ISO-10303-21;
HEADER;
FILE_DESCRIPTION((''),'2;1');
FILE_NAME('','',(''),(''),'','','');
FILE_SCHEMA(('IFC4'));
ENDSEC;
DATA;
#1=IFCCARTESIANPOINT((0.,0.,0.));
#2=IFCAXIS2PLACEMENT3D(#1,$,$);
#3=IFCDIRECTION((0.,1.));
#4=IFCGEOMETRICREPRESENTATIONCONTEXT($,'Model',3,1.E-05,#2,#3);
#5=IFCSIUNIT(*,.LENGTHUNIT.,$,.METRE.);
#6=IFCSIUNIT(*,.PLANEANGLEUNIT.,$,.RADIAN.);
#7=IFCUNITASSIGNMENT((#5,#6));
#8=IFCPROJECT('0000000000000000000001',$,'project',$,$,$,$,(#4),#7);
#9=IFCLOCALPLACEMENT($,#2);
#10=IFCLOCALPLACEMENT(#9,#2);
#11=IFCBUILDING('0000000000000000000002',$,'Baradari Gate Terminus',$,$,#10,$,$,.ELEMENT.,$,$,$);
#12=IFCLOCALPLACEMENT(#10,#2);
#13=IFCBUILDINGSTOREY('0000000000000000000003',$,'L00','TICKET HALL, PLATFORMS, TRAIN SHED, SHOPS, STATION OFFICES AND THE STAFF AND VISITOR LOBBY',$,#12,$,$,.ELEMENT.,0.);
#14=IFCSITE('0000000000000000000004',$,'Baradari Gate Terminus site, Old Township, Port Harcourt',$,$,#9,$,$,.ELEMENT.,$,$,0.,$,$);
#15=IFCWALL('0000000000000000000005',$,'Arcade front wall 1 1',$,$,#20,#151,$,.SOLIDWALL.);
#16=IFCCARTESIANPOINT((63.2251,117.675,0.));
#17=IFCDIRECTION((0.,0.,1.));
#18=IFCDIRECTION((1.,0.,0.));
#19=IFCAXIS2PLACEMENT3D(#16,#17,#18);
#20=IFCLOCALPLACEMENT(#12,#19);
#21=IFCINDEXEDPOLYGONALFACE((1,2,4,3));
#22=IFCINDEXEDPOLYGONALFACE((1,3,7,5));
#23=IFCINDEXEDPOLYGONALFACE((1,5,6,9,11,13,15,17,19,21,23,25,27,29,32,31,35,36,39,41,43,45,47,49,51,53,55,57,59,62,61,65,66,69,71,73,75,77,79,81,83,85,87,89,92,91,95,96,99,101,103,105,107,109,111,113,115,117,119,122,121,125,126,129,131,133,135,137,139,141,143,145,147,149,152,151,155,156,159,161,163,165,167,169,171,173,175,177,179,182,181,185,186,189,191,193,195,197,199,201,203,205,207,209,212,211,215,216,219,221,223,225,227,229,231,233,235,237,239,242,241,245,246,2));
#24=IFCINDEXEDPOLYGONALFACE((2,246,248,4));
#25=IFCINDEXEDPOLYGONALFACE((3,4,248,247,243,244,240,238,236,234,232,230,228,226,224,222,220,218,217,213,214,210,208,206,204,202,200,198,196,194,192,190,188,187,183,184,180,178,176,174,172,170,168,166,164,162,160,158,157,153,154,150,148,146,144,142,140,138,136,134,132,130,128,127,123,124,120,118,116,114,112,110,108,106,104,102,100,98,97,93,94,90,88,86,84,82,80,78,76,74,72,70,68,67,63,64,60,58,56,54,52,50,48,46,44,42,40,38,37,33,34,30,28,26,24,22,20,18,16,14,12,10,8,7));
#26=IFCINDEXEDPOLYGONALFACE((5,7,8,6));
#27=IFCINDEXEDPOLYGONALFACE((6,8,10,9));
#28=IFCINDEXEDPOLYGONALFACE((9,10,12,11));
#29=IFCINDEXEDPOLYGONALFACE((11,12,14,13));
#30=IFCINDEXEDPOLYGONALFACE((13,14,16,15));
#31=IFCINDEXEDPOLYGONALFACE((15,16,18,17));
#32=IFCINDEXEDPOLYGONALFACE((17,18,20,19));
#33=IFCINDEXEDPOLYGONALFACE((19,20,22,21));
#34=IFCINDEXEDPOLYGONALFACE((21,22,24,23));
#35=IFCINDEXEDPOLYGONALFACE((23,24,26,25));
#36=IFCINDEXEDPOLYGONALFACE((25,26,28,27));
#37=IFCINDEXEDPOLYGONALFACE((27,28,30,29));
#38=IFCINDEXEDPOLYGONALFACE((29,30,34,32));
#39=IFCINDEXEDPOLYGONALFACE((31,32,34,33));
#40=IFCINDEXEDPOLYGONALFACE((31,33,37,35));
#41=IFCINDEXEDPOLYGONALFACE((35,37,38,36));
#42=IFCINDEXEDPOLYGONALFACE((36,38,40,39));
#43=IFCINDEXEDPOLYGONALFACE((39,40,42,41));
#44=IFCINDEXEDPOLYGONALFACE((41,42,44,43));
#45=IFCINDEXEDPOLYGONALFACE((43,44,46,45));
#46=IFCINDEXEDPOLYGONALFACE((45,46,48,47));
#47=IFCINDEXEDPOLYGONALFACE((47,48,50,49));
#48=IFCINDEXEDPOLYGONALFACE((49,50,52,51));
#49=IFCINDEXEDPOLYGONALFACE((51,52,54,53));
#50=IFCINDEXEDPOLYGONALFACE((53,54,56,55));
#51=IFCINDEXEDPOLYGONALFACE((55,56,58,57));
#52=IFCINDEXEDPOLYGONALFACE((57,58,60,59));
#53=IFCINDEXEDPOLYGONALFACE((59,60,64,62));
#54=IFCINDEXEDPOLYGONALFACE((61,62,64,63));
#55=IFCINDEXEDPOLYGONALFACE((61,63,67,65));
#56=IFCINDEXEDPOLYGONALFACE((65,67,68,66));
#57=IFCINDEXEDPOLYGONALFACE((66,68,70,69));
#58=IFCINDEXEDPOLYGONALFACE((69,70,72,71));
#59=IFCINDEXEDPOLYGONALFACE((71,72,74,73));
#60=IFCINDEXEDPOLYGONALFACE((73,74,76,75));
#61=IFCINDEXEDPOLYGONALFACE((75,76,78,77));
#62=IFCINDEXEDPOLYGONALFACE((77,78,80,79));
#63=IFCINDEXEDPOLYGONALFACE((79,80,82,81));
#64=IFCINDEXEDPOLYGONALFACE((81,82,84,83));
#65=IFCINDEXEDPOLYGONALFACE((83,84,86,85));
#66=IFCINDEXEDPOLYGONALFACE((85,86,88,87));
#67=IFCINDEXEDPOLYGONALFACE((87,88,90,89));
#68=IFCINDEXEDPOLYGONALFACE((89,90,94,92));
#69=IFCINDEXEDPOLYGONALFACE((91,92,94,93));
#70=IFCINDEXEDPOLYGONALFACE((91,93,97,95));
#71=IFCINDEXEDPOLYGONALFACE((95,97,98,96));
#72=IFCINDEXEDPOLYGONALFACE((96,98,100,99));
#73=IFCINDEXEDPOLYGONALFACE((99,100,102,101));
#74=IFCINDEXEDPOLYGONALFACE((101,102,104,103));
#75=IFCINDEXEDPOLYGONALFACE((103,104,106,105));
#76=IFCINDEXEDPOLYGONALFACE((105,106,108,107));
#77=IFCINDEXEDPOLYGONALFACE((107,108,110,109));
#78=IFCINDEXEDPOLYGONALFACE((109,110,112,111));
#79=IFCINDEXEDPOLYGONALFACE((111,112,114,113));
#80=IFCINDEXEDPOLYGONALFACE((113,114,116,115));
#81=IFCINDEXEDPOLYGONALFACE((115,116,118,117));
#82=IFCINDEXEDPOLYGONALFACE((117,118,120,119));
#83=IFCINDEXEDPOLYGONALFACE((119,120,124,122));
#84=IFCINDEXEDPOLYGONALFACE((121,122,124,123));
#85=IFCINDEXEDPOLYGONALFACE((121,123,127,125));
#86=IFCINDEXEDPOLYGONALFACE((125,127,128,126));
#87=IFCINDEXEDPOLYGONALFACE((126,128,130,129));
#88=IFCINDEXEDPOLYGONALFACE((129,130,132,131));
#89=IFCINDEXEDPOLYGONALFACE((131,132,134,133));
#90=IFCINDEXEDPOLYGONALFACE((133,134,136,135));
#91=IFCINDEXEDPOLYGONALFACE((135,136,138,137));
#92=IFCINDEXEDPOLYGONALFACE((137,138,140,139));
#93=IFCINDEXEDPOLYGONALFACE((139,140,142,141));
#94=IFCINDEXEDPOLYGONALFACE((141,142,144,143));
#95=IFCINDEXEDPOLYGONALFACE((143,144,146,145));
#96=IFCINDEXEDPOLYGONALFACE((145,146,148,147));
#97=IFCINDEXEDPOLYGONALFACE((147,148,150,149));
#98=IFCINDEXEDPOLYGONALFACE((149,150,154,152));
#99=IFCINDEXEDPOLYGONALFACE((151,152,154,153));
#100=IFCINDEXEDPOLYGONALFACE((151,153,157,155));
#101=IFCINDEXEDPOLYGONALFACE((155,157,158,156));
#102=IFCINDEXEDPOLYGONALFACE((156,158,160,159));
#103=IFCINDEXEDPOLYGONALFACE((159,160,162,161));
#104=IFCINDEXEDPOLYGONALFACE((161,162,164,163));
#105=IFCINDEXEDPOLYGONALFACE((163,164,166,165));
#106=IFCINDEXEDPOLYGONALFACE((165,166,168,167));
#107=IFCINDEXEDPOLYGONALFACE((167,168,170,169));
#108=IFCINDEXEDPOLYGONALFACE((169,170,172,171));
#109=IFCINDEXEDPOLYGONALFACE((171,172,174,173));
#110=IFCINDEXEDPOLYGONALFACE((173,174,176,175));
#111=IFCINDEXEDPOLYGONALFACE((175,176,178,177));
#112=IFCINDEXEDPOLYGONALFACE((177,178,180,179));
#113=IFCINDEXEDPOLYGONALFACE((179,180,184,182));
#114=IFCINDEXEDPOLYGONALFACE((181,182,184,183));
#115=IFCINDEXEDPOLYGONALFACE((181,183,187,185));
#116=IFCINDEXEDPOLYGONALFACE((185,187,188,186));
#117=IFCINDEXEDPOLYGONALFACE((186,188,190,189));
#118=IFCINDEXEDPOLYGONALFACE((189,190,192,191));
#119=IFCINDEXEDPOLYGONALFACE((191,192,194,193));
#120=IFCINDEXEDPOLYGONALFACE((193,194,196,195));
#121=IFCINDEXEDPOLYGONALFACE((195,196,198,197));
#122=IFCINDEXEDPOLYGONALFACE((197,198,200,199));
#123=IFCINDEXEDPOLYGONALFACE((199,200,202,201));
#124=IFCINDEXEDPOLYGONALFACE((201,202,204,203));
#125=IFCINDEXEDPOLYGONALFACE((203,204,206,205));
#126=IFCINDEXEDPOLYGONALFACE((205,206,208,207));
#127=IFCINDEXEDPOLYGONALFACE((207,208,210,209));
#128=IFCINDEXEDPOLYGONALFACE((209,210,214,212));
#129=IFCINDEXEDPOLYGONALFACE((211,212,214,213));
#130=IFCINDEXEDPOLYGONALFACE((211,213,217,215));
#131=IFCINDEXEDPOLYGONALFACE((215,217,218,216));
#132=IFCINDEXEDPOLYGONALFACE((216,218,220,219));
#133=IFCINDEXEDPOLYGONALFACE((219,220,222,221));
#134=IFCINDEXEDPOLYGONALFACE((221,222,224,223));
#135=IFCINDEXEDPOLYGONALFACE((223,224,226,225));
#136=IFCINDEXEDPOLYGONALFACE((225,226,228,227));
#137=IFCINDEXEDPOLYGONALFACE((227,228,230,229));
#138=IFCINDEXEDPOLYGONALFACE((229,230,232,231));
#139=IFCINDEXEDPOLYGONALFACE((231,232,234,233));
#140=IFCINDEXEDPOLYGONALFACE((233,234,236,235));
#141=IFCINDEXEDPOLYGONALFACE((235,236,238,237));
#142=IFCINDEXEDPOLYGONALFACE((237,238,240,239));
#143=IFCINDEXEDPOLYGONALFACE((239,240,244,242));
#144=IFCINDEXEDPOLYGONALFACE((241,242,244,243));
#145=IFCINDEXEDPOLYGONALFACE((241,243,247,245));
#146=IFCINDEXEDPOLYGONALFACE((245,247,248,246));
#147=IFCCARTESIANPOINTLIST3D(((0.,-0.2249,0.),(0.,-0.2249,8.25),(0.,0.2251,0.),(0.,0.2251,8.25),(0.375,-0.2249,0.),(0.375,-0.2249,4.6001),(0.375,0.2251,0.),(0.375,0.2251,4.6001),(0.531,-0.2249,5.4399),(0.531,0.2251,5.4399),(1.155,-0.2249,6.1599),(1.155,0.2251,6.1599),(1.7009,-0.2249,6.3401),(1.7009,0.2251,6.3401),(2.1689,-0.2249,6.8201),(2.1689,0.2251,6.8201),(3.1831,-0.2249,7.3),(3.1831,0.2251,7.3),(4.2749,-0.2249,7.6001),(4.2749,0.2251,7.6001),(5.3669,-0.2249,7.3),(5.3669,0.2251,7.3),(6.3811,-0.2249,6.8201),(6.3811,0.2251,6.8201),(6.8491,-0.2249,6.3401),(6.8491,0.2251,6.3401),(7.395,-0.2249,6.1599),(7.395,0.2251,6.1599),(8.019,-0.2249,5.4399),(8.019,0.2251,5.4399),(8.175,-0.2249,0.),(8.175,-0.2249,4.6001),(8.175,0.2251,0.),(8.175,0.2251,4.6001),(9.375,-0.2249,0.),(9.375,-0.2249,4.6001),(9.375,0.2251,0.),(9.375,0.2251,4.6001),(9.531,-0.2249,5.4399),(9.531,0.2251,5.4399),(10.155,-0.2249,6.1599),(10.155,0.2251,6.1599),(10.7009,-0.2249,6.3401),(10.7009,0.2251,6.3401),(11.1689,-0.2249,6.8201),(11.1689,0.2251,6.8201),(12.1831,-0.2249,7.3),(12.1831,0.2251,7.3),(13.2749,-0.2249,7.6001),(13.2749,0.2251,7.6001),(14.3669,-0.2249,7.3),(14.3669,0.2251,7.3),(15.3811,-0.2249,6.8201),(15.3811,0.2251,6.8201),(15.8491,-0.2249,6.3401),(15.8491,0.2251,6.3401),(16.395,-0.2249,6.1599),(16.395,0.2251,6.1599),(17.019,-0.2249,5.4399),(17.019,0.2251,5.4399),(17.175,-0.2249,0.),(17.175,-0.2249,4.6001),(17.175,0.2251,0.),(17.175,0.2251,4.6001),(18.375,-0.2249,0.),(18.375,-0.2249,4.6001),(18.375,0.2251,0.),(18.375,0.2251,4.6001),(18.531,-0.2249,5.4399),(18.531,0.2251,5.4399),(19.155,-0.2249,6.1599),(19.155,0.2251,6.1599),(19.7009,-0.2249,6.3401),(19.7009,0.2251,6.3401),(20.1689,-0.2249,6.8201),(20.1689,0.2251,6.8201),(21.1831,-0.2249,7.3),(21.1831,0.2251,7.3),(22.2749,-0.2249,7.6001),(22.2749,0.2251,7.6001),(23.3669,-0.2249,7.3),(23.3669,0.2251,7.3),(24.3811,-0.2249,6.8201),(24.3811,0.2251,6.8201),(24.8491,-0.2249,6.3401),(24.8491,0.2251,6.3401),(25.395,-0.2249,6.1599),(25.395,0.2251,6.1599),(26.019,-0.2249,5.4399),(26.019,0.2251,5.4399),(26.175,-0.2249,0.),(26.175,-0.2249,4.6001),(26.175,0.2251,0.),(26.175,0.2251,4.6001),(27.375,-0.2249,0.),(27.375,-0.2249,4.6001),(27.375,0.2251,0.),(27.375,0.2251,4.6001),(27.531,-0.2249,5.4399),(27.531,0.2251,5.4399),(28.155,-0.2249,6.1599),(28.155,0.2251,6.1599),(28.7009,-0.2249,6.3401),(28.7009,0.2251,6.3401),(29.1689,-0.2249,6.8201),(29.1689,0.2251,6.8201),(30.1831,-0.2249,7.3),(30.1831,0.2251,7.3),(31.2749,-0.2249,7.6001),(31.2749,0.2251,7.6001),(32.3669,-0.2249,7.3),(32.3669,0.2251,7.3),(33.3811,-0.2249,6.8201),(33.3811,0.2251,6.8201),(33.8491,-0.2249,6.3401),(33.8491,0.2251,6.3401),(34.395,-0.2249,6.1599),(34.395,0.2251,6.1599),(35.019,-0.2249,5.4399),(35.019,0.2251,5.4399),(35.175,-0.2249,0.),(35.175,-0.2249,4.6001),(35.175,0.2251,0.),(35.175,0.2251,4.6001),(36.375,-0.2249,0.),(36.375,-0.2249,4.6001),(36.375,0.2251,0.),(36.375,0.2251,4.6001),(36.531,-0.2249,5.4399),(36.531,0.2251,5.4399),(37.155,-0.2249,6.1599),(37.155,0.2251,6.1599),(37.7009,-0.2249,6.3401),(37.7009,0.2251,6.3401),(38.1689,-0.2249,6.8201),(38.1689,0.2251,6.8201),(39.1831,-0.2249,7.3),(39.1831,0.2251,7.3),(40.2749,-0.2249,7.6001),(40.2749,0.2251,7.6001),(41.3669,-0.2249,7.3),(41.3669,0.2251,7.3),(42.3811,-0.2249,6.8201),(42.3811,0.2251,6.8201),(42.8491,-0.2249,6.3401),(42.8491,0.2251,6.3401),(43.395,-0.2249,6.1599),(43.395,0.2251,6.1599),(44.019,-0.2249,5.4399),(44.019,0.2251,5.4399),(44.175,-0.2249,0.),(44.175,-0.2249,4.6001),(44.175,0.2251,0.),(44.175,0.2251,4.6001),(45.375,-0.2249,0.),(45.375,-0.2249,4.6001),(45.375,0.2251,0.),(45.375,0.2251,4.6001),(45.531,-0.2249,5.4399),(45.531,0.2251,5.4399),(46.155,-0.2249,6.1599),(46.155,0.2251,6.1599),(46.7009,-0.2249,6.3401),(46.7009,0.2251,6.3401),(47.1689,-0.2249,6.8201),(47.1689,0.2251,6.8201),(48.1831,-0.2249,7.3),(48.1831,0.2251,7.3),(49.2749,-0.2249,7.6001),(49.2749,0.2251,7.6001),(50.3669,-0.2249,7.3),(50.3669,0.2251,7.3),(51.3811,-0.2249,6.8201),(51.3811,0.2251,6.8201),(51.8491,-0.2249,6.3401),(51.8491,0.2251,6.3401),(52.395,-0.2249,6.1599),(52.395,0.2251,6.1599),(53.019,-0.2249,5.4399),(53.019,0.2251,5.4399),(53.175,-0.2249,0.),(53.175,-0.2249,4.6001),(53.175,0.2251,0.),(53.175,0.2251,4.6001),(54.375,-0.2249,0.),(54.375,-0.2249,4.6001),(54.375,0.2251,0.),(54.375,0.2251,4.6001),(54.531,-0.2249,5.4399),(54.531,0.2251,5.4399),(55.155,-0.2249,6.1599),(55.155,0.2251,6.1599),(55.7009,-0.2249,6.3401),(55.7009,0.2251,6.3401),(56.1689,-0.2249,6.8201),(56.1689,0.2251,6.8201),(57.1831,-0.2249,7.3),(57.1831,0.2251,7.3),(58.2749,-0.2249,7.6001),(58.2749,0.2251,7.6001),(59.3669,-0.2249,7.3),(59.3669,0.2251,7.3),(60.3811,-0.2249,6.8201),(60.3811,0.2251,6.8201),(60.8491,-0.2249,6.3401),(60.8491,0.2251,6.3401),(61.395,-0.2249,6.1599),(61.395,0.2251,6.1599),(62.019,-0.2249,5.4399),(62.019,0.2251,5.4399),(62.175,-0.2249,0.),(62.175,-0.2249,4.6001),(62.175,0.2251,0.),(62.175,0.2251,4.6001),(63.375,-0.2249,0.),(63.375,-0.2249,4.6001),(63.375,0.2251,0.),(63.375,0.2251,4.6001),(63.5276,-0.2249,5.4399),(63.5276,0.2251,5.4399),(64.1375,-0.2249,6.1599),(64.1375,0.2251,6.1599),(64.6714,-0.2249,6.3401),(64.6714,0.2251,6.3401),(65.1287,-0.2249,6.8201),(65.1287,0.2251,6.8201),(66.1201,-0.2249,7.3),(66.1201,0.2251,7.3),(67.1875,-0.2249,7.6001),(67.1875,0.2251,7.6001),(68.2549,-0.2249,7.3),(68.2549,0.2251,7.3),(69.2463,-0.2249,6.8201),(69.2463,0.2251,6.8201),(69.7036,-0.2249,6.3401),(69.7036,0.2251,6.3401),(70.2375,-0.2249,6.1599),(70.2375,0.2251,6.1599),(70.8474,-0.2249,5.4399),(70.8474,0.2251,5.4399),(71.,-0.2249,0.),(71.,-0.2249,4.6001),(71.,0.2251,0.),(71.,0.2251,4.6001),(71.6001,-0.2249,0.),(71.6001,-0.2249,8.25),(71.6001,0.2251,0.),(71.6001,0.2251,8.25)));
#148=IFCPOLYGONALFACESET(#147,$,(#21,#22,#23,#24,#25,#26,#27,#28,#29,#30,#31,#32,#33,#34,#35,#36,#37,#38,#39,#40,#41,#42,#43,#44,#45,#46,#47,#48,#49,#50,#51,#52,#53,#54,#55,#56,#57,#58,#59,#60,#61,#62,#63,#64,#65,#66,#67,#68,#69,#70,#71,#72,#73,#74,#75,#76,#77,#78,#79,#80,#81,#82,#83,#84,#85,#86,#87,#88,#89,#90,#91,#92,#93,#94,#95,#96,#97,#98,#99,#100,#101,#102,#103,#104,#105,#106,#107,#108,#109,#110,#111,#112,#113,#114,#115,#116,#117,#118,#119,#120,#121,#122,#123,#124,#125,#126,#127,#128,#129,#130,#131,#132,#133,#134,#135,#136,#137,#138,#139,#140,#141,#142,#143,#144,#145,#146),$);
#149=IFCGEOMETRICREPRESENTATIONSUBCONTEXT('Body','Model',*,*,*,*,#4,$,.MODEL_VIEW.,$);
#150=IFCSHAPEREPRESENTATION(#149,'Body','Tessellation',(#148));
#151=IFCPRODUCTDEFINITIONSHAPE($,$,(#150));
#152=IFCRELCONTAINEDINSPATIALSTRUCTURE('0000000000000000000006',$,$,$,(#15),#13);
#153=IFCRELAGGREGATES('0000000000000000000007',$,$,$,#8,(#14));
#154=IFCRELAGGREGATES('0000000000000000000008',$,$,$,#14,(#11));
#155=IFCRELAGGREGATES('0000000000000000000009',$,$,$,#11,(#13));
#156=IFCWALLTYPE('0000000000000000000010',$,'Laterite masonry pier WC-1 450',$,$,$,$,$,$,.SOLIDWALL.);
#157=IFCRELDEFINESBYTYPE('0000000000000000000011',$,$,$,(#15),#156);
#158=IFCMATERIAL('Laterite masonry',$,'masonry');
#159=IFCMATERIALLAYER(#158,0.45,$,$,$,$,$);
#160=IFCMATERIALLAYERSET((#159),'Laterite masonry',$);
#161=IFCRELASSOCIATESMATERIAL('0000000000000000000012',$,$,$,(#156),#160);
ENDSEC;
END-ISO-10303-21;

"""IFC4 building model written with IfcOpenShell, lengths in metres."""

from ifc_helpers import new_model, si_unit, direction, frame, origin, place, context, subcontext, project, spatial, polyline, outline, extrude, material, layer, layer_set, type_object, element, save


model = new_model("IFC4")

# Units and contexts
model_context = context("Model", 3, precision=1e-05, world=origin(), true_north=direction((0.0, 1.0)))
body_context = subcontext(model_context, "Body", "Model", "MODEL_VIEW")
ifc_project = project(units=[si_unit("LENGTHUNIT", "METRE"), si_unit("PLANEANGLEUNIT", "RADIAN")], contexts=[model_context])

# Site, building, storey
site_placement = place(None, origin())
site = spatial("IfcSite", under=ifc_project, at=site_placement, Name="Baradari Gate Terminus site, Old Township, Port Harcourt", CompositionType="ELEMENT", RefElevation=0.0)
building_placement = place(site_placement, origin())
building = spatial("IfcBuilding", under=site, at=building_placement, Name="Baradari Gate Terminus", CompositionType="ELEMENT")
storey_placement = place(building_placement, origin())
storey = spatial("IfcBuildingStorey", under=building, at=storey_placement, Name="L00", Description="TICKET HALL, PLATFORMS, TRAIN SHED, SHOPS, STATION OFFICES AND THE STAFF AND VISITOR LOBBY", CompositionType="ELEMENT", Elevation=0.0)

# Wall
ifc_material_1 = material(Name="Laterite masonry", Category="masonry")
ifc_layer_1 = layer(ifc_material_1, 0.45)
ifc_layer_set_1 = layer_set([ifc_layer_1], Name="Laterite masonry")
wall_type_1 = type_object("IfcWallType", Name="Laterite masonry pier WC-1 450", PredefinedType="SOLIDWALL", material=ifc_layer_set_1)
wall_1_placement = place(storey_placement, frame((63.2251, 117.675, 0.0), z_axis=(0.0, 0.0, 1.0), x_axis=(1.0, 0.0, 0.0)))
element("IfcWall", 1, at=wall_1_placement, inside=storey, type_object=wall_type_1, Name="Arcade front wall 1 1", PredefinedType="SOLIDWALL", context=body_context, shape_type="SweptSolid", body=[
    extrude(outline(polyline([(0.375, 0.0), (0.375, 4.6001), (0.531, 5.4399), (1.155, 6.1599), (1.7009, 6.3401), (2.1689, 6.8201), (3.1831, 7.3), (4.2749, 7.6001), (5.3669, 7.3), (6.3811, 6.8201), (6.8491, 6.3401), (7.395, 6.1599), (8.019, 5.4399), (8.175, 4.6001), (8.175, 0.0), (9.375, 0.0), (9.375, 4.6001), (9.531, 5.4399), (10.155, 6.1599), (10.7009, 6.3401), (11.1689, 6.8201), (12.1831, 7.3), (13.2749, 7.6001), (14.3669, 7.3), (15.3811, 6.8201), (15.8491, 6.3401), (16.395, 6.1599), (17.019, 5.4399), (17.175, 4.6001), (17.175, 0.0), (18.375, 0.0), (18.375, 4.6001), (18.531, 5.4399), (19.155, 6.1599), (19.7009, 6.3401), (20.1689, 6.8201), (21.1831, 7.3), (22.2749, 7.6001), (23.3669, 7.3), (24.3811, 6.8201), (24.8491, 6.3401), (25.395, 6.1599), (26.019, 5.4399), (26.175, 4.6001), (26.175, 0.0), (27.375, 0.0), (27.375, 4.6001), (27.531, 5.4399), (28.155, 6.1599), (28.7009, 6.3401), (29.1689, 6.8201), (30.1831, 7.3), (31.2749, 7.6001), (32.3669, 7.3), (33.3811, 6.8201), (33.8491, 6.3401), (34.395, 6.1599), (35.019, 5.4399), (35.175, 4.6001), (35.175, 0.0), (36.375, 0.0), (36.375, 4.6001), (36.531, 5.4399), (37.155, 6.1599), (37.7009, 6.3401), (38.1689, 6.8201), (39.1831, 7.3), (40.2749, 7.6001), (41.3669, 7.3), (42.3811, 6.8201), (42.8491, 6.3401), (43.395, 6.1599), (44.019, 5.4399), (44.175, 4.6001), (44.175, 0.0), (45.375, 0.0), (45.375, 4.6001), (45.531, 5.4399), (46.155, 6.1599), (46.7009, 6.3401), (47.1689, 6.8201), (48.1831, 7.3), (49.2749, 7.6001), (50.3669, 7.3), (51.3811, 6.8201), (51.8491, 6.3401), (52.395, 6.1599), (53.019, 5.4399), (53.175, 4.6001), (53.175, 0.0), (54.375, 0.0), (54.375, 4.6001), (54.531, 5.4399), (55.155, 6.1599), (55.7009, 6.3401), (56.1689, 6.8201), (57.1831, 7.3), (58.2749, 7.6001), (59.3669, 7.3), (60.3811, 6.8201), (60.8491, 6.3401), (61.395, 6.1599), (62.019, 5.4399), (62.175, 4.6001), (62.175, 0.0), (63.375, 0.0), (63.375, 4.6001), (63.5276, 5.4399), (64.1375, 6.1599), (64.6714, 6.3401), (65.1287, 6.8201), (66.1201, 7.3), (67.1875, 7.6001), (68.2549, 7.3), (69.2463, 6.8201), (69.7036, 6.3401), (70.2375, 6.1599), (70.8474, 5.4399), (71.0, 4.6001), (71.0, 0.0), (71.6001, 0.0), (71.6001, 8.25), (0.0, 8.25), (0.0, 0.0), (0.375, 0.0)])), frame((0.0, 0.2251, 0.0), z_axis=(0.0, -1.0, 0.0), x_axis=(1.0, 0.0, 0.0)), (0.0, 0.0, 1.0), 0.45),
])

save(model, "model.ifc")
